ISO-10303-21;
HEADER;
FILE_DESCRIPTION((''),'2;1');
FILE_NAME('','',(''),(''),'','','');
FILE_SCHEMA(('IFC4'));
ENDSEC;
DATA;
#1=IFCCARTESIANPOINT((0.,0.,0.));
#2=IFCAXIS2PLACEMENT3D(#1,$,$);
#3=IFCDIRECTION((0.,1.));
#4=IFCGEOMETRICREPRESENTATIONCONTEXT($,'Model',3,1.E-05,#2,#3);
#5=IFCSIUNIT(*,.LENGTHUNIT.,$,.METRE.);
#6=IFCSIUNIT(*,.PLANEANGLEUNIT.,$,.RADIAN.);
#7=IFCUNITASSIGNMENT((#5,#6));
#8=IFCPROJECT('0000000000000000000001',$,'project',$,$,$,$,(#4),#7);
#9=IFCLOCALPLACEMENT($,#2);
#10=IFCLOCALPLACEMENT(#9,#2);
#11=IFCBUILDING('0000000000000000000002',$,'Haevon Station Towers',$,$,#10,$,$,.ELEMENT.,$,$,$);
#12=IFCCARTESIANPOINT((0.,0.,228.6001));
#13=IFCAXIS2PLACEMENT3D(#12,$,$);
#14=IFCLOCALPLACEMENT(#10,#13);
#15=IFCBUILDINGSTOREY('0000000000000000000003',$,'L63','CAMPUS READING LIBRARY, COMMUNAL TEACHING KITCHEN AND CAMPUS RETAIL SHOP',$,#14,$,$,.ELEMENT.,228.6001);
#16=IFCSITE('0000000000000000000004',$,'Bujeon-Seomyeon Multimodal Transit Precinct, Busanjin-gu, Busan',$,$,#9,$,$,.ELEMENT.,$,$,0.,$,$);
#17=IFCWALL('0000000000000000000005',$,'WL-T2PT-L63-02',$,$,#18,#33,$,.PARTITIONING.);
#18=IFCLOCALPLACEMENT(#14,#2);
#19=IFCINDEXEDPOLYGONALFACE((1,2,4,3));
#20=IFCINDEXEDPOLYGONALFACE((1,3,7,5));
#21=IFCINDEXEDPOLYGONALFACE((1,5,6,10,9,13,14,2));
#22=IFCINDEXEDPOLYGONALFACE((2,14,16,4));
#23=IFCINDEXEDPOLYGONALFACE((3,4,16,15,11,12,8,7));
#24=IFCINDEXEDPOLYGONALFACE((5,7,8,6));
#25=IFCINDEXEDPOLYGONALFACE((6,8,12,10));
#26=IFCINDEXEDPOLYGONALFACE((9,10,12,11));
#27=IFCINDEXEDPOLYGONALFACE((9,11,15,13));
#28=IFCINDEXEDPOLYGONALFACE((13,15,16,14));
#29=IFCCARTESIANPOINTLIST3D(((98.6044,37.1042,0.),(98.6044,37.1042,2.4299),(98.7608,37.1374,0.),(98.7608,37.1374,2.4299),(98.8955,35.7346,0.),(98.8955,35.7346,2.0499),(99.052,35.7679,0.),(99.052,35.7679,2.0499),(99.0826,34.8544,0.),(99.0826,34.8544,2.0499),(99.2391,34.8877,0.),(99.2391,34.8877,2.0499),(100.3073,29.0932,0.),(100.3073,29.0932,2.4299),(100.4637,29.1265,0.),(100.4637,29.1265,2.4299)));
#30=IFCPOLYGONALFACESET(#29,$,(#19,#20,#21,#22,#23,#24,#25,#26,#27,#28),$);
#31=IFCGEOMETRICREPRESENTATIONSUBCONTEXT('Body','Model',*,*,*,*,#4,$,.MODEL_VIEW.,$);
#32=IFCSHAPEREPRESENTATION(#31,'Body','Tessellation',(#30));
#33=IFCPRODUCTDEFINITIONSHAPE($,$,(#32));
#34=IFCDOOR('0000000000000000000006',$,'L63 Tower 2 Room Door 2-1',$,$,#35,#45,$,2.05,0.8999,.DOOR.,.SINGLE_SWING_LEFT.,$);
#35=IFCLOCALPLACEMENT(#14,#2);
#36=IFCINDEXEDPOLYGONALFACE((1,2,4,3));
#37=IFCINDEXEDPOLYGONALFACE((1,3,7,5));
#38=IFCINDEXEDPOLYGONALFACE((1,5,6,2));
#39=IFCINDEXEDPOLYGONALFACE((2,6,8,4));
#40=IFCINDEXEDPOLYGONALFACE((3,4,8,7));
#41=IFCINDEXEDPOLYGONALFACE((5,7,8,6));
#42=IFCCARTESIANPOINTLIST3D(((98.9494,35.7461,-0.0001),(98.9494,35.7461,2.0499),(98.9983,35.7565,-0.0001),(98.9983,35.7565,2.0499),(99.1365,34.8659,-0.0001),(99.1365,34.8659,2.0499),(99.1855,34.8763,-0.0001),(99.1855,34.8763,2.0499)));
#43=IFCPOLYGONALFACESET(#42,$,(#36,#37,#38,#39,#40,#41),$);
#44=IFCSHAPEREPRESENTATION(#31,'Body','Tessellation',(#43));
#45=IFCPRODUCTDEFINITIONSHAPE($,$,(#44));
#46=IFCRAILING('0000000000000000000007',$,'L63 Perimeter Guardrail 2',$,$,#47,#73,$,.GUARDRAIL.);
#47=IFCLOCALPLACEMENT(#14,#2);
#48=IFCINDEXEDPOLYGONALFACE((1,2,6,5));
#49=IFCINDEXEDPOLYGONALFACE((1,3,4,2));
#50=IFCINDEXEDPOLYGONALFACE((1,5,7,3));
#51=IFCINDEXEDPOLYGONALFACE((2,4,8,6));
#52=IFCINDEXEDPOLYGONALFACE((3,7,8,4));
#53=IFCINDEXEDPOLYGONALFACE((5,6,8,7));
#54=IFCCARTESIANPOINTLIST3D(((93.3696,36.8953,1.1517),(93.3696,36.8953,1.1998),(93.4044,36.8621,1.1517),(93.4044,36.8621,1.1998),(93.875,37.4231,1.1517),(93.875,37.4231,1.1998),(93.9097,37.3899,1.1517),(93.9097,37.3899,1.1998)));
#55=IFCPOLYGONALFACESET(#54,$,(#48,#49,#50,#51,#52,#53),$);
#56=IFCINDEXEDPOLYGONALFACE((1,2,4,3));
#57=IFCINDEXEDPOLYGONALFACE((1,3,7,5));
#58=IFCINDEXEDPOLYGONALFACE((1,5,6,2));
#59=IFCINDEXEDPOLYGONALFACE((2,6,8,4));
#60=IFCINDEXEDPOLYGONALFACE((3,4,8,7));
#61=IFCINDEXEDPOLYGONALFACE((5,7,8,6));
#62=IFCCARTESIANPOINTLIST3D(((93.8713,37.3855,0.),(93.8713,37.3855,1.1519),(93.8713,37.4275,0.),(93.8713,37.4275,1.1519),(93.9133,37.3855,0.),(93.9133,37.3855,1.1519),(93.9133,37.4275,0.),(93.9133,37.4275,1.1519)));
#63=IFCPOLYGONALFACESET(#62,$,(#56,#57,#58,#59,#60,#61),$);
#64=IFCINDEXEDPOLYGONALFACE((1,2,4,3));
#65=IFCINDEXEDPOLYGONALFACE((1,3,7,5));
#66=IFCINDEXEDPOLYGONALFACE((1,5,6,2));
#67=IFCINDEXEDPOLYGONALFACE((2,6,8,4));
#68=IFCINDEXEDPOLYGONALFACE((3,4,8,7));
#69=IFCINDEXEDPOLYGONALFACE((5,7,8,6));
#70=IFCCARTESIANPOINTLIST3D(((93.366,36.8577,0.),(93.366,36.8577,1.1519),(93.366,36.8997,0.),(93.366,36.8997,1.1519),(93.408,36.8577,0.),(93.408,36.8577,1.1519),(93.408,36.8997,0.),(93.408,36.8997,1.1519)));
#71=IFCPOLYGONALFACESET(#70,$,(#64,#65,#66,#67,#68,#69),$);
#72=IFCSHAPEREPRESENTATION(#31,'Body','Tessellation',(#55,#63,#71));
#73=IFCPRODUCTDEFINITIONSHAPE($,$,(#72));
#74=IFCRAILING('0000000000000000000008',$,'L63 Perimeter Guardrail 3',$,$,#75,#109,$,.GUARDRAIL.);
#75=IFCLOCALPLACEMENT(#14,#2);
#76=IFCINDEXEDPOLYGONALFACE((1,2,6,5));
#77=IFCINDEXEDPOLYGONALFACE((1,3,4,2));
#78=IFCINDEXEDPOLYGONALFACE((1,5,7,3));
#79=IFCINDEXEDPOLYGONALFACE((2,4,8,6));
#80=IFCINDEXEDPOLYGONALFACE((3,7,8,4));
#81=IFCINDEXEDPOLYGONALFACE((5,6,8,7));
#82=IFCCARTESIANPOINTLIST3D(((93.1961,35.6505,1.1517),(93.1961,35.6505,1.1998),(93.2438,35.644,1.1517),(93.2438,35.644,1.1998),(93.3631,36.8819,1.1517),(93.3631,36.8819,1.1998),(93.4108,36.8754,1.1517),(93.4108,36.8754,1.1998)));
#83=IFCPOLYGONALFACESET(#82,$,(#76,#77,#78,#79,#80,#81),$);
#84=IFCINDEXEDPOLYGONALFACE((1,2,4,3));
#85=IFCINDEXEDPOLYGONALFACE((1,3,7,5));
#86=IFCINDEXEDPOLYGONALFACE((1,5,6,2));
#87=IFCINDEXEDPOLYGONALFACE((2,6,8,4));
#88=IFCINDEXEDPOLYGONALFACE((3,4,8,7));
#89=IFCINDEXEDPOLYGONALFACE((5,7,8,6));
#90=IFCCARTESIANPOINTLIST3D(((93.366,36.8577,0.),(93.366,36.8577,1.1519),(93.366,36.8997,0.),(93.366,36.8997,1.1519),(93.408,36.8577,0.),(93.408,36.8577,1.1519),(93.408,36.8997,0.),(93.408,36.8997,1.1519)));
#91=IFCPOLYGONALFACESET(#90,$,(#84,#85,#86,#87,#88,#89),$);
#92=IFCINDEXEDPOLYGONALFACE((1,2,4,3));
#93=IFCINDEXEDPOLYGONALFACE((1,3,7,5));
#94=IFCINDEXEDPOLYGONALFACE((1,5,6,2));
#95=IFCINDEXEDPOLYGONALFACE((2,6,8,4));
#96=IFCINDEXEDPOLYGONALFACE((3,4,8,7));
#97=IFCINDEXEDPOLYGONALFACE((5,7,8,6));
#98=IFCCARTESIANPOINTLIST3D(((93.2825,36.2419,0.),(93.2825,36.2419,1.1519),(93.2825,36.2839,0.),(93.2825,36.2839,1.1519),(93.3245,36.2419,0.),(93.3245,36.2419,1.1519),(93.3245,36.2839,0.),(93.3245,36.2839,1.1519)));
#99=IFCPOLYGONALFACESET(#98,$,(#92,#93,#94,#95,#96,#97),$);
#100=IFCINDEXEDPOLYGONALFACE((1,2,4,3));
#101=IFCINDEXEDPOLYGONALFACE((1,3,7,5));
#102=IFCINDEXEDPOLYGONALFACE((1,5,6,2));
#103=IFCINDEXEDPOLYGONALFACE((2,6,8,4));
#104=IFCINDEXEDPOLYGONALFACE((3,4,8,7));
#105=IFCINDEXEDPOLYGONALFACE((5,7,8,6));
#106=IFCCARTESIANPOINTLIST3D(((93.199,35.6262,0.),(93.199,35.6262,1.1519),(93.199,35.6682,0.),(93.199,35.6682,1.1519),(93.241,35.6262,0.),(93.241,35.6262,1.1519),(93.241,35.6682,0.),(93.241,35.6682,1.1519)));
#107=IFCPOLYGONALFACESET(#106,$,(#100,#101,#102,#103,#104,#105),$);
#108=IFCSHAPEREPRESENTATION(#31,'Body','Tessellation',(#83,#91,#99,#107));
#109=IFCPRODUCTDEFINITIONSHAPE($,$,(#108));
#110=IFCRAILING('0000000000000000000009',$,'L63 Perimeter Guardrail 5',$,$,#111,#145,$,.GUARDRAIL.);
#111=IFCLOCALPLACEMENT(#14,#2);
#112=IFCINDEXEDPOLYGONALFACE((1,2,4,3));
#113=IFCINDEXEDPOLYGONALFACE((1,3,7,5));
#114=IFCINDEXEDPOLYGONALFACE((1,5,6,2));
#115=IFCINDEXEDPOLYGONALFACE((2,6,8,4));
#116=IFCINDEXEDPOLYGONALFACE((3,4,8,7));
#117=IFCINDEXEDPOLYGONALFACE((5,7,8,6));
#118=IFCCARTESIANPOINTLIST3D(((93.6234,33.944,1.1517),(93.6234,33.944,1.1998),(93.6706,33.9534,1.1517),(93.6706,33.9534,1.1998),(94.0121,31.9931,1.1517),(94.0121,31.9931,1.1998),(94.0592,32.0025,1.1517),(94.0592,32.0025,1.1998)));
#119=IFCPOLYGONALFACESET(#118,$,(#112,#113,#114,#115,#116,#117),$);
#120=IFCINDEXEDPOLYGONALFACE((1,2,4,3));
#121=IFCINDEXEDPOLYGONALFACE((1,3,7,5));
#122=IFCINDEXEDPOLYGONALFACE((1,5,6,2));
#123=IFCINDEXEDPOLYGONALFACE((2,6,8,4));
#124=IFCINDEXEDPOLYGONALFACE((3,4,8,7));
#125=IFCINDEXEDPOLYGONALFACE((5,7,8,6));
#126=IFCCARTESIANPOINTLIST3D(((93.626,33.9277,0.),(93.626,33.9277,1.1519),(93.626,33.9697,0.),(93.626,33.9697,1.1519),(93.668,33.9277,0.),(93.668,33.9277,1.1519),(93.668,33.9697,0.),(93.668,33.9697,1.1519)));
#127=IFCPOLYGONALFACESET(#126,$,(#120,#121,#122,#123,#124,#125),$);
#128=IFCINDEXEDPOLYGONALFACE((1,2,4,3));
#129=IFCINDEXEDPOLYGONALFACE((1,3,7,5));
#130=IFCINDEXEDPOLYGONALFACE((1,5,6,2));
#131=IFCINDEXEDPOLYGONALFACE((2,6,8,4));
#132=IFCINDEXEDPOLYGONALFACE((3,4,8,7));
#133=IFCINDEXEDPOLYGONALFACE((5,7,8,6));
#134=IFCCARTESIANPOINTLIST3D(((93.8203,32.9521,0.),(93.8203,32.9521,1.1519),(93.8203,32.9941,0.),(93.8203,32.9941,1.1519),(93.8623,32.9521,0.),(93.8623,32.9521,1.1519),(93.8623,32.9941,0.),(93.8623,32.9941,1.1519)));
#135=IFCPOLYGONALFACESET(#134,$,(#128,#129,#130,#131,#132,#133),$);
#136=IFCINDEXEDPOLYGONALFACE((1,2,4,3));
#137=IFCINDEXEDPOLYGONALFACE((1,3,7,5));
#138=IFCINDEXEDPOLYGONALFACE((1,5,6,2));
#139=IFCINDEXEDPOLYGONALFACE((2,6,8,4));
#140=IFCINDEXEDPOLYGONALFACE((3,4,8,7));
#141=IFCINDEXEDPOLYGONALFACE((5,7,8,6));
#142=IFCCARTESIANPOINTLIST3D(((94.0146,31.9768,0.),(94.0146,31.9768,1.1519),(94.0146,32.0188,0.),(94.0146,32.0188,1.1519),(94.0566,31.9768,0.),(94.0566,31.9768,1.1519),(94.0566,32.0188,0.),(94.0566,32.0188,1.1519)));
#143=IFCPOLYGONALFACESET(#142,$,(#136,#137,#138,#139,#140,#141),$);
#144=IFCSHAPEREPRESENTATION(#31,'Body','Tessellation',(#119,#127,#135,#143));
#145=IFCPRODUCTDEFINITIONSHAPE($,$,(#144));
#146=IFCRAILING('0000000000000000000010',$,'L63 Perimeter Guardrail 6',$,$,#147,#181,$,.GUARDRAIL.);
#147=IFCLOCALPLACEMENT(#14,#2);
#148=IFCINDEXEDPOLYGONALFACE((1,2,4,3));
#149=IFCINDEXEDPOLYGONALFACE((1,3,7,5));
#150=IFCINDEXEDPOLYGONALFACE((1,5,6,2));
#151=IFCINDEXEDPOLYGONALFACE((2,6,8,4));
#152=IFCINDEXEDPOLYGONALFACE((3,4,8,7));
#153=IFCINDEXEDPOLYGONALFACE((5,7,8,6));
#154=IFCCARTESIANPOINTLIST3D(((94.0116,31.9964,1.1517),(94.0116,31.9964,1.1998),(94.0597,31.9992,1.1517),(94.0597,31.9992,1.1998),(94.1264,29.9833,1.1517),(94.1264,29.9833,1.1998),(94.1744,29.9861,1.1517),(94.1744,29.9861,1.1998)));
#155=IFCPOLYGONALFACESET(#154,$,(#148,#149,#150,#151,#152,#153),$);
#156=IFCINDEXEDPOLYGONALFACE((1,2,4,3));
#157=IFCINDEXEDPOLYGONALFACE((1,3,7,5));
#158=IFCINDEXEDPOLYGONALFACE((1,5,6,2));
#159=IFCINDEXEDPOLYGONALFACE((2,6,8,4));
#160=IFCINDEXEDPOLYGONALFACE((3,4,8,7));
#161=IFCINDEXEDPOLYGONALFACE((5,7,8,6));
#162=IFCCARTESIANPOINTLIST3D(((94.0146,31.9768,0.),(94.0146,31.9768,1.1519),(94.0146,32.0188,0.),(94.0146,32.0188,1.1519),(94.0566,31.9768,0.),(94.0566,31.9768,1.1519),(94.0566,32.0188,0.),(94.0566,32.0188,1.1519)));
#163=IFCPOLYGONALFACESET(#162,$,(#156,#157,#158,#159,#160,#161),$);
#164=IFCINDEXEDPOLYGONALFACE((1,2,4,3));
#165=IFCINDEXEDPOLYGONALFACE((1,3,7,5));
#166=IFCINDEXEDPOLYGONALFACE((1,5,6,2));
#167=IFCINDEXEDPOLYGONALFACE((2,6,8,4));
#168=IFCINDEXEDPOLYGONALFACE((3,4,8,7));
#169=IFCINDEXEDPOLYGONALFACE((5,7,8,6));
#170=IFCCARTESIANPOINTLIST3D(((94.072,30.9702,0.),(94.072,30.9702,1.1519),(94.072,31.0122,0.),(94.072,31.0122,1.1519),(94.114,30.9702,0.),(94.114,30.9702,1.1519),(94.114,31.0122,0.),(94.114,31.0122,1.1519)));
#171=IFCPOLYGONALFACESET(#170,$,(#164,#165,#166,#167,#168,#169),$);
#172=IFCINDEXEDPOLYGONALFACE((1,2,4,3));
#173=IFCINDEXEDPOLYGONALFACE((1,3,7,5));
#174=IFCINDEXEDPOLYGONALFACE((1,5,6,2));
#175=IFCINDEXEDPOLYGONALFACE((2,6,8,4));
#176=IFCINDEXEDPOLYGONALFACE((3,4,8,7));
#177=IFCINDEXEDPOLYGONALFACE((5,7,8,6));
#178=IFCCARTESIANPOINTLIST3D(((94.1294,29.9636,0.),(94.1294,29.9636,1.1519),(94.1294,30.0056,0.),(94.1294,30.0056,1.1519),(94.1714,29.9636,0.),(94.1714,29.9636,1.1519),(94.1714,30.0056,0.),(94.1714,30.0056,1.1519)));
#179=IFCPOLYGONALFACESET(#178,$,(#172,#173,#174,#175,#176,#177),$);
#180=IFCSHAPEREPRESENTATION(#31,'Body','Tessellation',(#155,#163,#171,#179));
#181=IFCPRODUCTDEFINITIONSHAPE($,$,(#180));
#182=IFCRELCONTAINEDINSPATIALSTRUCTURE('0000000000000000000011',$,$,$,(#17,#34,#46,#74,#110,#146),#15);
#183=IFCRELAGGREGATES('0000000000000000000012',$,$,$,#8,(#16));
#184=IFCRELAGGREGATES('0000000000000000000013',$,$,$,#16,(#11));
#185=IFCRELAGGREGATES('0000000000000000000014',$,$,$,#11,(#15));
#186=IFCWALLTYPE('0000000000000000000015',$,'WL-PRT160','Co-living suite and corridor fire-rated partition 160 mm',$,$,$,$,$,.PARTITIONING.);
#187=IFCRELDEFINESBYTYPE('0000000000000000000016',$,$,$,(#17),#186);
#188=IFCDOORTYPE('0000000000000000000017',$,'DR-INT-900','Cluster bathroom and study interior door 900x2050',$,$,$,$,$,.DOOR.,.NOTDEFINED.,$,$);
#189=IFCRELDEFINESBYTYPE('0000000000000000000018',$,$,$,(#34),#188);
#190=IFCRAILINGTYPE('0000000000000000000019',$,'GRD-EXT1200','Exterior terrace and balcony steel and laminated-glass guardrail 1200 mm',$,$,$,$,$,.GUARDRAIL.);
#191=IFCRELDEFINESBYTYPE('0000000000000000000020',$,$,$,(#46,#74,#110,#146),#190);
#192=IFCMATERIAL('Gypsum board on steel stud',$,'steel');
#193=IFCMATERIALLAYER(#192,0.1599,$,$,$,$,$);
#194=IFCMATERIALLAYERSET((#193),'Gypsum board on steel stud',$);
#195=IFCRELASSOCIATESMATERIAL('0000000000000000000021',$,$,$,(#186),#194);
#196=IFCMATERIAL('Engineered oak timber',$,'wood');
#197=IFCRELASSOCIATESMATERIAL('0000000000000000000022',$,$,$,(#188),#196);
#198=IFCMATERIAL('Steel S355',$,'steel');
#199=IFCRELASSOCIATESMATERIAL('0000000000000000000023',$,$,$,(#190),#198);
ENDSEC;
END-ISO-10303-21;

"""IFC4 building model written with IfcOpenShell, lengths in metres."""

from ifc_helpers import new_model, si_unit, direction, frame, frame_2d, origin, origin_2d, place, context, subcontext, project, spatial, rectangle, extrude, material, layer, layer_set, type_object, element, fill, save


model = new_model("IFC4")

# Units and contexts
model_context = context("Model", 3, precision=1e-05, world=origin(), true_north=direction((0.0, 1.0)))
body_context = subcontext(model_context, "Body", "Model", "MODEL_VIEW")
ifc_project = project(units=[si_unit("LENGTHUNIT", "METRE"), si_unit("PLANEANGLEUNIT", "RADIAN")], contexts=[model_context])

# Site, building, storey
site_placement = place(None, origin())
site = spatial("IfcSite", under=ifc_project, at=site_placement, Name="Bujeon-Seomyeon Multimodal Transit Precinct, Busanjin-gu, Busan", CompositionType="ELEMENT", RefElevation=0.0)
building_placement = place(site_placement, origin())
building = spatial("IfcBuilding", under=site, at=building_placement, Name="Haevon Station Towers", CompositionType="ELEMENT")
storey_placement = place(building_placement, frame((0.0, 0.0, 228.6001)))
storey = spatial("IfcBuildingStorey", under=building, at=storey_placement, Name="L63", Description="CAMPUS READING LIBRARY, COMMUNAL TEACHING KITCHEN AND CAMPUS RETAIL SHOP", CompositionType="ELEMENT", Elevation=228.6001)

# Shared definitions
ifc_material_1 = material(Name="Steel S355", Category="steel")

# Wall, opening, door
ifc_material_2 = material(Name="Gypsum board on steel stud", Category="steel")
ifc_layer_1 = layer(ifc_material_2, 0.1599)
ifc_layer_set_1 = layer_set([ifc_layer_1], Name="Gypsum board on steel stud")
wall_type_1 = type_object("IfcWallType", Name="WL-PRT160", Description="Co-living suite and corridor fire-rated partition 160 mm", PredefinedType="PARTITIONING", material=ifc_layer_set_1)
wall_1_placement = place(storey_placement, frame((100.3855, 29.1099, 0.0), z_axis=(0.0, 0.0, 1.0), x_axis=(-0.207923, 0.978145, 0.0)))
wall_1 = element("IfcWall", 1, at=wall_1_placement, inside=storey, type_object=wall_type_1, Name="WL-T2PT-L63-02", PredefinedType="PARTITIONING", context=body_context, shape_type="SweptSolid", body=[
    extrude(rectangle(XDim=8.1899, YDim=0.1599, at=frame_2d((4.095, 0.0))), origin(), (0.0, 0.0, 1.0), 2.4299),
])
opening_1_placement = place(wall_1_placement, frame((5.8899, 0.0, 0.0)))
opening_1 = element("IfcOpeningElement", 2, at=opening_1_placement, cuts=wall_1, PredefinedType="OPENING", context=body_context, shape_type="SweptSolid", body=[
    extrude(rectangle(XDim=0.8999, YDim=2.05, at=frame_2d((0.45, 1.0249))), frame((0.0, 0.0898, 0.0), z_axis=(0.0, -1.0, 0.0), x_axis=(1.0, 0.0, 0.0)), (0.0, 0.0, 1.0), 0.1799),
])
ifc_material_3 = material(Name="Engineered oak timber", Category="wood")
door_type_1 = type_object("IfcDoorType", Name="DR-INT-900", Description="Cluster bathroom and study interior door 900x2050", OperationType="NOTDEFINED", PredefinedType="DOOR", material=ifc_material_3)
door_1_placement = place(opening_1_placement, origin())
door_1 = element("IfcDoor", 3, at=door_1_placement, inside=storey, type_object=door_type_1, Name="L63 Tower 2 Room Door 2-1", OperationType="SINGLE_SWING_LEFT", OverallHeight=2.05, OverallWidth=0.8999, PredefinedType="DOOR", context=body_context, shape_type="SweptSolid", body=[
    extrude(rectangle(XDim=0.8999, YDim=2.05, at=frame_2d((0.45, 1.0249))), frame((0.0, 0.0249, 0.0), z_axis=(0.0, -1.0, 0.0), x_axis=(1.0, 0.0, 0.0)), (0.0, 0.0, 1.0), 0.05),
])
fill(opening_1, door_1)

# Railings
railing_type = type_object("IfcRailingType", Name="GRD-EXT1200", Description="Exterior terrace and balcony steel and laminated-glass guardrail 1200 mm", PredefinedType="GUARDRAIL", material=ifc_material_1)
railing_1_placement = place(storey_placement, frame((93.8923, 37.4065, 0.0)))
element("IfcRailing", 4, at=railing_1_placement, inside=storey, type_object=railing_type, Name="L63 Perimeter Guardrail 2", PredefinedType="GUARDRAIL", context=body_context, shape_type="SweptSolid", body=[
    extrude(rectangle(XDim=0.0481, YDim=0.0481, at=origin_2d()), frame((0.0, 0.0, 1.1758), z_axis=(-0.691571, -0.722308, 0.0), x_axis=(0.722308, -0.691571, 0.0)), (0.0, 0.0, 1.0), 0.7307),
    extrude(rectangle(XDim=0.042, YDim=0.042, at=origin_2d()), origin(), (0.0, 0.0, 1.0), 1.1519),
    extrude(rectangle(XDim=0.042, YDim=0.042, at=origin_2d()), frame((-0.5054, -0.5278, 0.0)), (0.0, 0.0, 1.0), 1.1519),
])
railing_2_placement = place(storey_placement, frame((93.387, 36.8787, 0.0)))
element("IfcRailing", 5, at=railing_2_placement, inside=storey, type_object=railing_type, Name="L63 Perimeter Guardrail 3", PredefinedType="GUARDRAIL", context=body_context, shape_type="SweptSolid", body=[
    extrude(rectangle(XDim=0.0481, YDim=0.0481, at=origin_2d()), frame((0.0, 0.0, 1.1758), z_axis=(-0.134377, -0.99093, 0.0), x_axis=(0.99093, -0.134377, 0.0)), (0.0, 0.0, 1.0), 1.2427),
    extrude(rectangle(XDim=0.042, YDim=0.042, at=origin_2d()), origin(), (0.0, 0.0, 1.0), 1.1519),
    extrude(rectangle(XDim=0.042, YDim=0.042, at=origin_2d()), frame((-0.0835, -0.6157, 0.0)), (0.0, 0.0, 1.0), 1.1519),
    extrude(rectangle(XDim=0.042, YDim=0.042, at=origin_2d()), frame((-0.167, -1.2314, 0.0)), (0.0, 0.0, 1.0), 1.1519),
])
railing_3_placement = place(storey_placement, frame((93.647, 33.9487, 0.0)))
element("IfcRailing", 6, at=railing_3_placement, inside=storey, type_object=railing_type, Name="L63 Perimeter Guardrail 5", PredefinedType="GUARDRAIL", context=body_context, shape_type="SweptSolid", body=[
    extrude(rectangle(XDim=0.0481, YDim=0.0481, at=origin_2d()), frame((0.0, 0.0, 1.1758), z_axis=(0.195384, -0.980727, 0.0), x_axis=(0.980727, 0.195384, 0.0)), (0.0, 0.0, 1.0), 1.9893),
    extrude(rectangle(XDim=0.042, YDim=0.042, at=origin_2d()), origin(), (0.0, 0.0, 1.0), 1.1519),
    extrude(rectangle(XDim=0.042, YDim=0.042, at=origin_2d()), frame((0.1943, -0.9756, 0.0)), (0.0, 0.0, 1.0), 1.1519),
    extrude(rectangle(XDim=0.042, YDim=0.042, at=origin_2d()), frame((0.3887, -1.9509, 0.0)), (0.0, 0.0, 1.0), 1.1519),
])
railing_4_placement = place(storey_placement, frame((94.0356, 31.9978, 0.0)))
element("IfcRailing", 7, at=railing_4_placement, inside=storey, type_object=railing_type, Name="L63 Perimeter Guardrail 6", PredefinedType="GUARDRAIL", context=body_context, shape_type="SweptSolid", body=[
    extrude(rectangle(XDim=0.0481, YDim=0.0481, at=origin_2d()), frame((0.0, 0.0, 1.1758), z_axis=(0.056905, -0.99838, 0.0), x_axis=(0.99838, 0.056905, 0.0)), (0.0, 0.0, 1.0), 2.0164),
    extrude(rectangle(XDim=0.042, YDim=0.042, at=origin_2d()), origin(), (0.0, 0.0, 1.0), 1.1519),
    extrude(rectangle(XDim=0.042, YDim=0.042, at=origin_2d()), frame((0.0574, -1.0066, 0.0)), (0.0, 0.0, 1.0), 1.1519),
    extrude(rectangle(XDim=0.042, YDim=0.042, at=origin_2d()), frame((0.1147, -2.0132, 0.0)), (0.0, 0.0, 1.0), 1.1519),
])

save(model, "model.ifc")
